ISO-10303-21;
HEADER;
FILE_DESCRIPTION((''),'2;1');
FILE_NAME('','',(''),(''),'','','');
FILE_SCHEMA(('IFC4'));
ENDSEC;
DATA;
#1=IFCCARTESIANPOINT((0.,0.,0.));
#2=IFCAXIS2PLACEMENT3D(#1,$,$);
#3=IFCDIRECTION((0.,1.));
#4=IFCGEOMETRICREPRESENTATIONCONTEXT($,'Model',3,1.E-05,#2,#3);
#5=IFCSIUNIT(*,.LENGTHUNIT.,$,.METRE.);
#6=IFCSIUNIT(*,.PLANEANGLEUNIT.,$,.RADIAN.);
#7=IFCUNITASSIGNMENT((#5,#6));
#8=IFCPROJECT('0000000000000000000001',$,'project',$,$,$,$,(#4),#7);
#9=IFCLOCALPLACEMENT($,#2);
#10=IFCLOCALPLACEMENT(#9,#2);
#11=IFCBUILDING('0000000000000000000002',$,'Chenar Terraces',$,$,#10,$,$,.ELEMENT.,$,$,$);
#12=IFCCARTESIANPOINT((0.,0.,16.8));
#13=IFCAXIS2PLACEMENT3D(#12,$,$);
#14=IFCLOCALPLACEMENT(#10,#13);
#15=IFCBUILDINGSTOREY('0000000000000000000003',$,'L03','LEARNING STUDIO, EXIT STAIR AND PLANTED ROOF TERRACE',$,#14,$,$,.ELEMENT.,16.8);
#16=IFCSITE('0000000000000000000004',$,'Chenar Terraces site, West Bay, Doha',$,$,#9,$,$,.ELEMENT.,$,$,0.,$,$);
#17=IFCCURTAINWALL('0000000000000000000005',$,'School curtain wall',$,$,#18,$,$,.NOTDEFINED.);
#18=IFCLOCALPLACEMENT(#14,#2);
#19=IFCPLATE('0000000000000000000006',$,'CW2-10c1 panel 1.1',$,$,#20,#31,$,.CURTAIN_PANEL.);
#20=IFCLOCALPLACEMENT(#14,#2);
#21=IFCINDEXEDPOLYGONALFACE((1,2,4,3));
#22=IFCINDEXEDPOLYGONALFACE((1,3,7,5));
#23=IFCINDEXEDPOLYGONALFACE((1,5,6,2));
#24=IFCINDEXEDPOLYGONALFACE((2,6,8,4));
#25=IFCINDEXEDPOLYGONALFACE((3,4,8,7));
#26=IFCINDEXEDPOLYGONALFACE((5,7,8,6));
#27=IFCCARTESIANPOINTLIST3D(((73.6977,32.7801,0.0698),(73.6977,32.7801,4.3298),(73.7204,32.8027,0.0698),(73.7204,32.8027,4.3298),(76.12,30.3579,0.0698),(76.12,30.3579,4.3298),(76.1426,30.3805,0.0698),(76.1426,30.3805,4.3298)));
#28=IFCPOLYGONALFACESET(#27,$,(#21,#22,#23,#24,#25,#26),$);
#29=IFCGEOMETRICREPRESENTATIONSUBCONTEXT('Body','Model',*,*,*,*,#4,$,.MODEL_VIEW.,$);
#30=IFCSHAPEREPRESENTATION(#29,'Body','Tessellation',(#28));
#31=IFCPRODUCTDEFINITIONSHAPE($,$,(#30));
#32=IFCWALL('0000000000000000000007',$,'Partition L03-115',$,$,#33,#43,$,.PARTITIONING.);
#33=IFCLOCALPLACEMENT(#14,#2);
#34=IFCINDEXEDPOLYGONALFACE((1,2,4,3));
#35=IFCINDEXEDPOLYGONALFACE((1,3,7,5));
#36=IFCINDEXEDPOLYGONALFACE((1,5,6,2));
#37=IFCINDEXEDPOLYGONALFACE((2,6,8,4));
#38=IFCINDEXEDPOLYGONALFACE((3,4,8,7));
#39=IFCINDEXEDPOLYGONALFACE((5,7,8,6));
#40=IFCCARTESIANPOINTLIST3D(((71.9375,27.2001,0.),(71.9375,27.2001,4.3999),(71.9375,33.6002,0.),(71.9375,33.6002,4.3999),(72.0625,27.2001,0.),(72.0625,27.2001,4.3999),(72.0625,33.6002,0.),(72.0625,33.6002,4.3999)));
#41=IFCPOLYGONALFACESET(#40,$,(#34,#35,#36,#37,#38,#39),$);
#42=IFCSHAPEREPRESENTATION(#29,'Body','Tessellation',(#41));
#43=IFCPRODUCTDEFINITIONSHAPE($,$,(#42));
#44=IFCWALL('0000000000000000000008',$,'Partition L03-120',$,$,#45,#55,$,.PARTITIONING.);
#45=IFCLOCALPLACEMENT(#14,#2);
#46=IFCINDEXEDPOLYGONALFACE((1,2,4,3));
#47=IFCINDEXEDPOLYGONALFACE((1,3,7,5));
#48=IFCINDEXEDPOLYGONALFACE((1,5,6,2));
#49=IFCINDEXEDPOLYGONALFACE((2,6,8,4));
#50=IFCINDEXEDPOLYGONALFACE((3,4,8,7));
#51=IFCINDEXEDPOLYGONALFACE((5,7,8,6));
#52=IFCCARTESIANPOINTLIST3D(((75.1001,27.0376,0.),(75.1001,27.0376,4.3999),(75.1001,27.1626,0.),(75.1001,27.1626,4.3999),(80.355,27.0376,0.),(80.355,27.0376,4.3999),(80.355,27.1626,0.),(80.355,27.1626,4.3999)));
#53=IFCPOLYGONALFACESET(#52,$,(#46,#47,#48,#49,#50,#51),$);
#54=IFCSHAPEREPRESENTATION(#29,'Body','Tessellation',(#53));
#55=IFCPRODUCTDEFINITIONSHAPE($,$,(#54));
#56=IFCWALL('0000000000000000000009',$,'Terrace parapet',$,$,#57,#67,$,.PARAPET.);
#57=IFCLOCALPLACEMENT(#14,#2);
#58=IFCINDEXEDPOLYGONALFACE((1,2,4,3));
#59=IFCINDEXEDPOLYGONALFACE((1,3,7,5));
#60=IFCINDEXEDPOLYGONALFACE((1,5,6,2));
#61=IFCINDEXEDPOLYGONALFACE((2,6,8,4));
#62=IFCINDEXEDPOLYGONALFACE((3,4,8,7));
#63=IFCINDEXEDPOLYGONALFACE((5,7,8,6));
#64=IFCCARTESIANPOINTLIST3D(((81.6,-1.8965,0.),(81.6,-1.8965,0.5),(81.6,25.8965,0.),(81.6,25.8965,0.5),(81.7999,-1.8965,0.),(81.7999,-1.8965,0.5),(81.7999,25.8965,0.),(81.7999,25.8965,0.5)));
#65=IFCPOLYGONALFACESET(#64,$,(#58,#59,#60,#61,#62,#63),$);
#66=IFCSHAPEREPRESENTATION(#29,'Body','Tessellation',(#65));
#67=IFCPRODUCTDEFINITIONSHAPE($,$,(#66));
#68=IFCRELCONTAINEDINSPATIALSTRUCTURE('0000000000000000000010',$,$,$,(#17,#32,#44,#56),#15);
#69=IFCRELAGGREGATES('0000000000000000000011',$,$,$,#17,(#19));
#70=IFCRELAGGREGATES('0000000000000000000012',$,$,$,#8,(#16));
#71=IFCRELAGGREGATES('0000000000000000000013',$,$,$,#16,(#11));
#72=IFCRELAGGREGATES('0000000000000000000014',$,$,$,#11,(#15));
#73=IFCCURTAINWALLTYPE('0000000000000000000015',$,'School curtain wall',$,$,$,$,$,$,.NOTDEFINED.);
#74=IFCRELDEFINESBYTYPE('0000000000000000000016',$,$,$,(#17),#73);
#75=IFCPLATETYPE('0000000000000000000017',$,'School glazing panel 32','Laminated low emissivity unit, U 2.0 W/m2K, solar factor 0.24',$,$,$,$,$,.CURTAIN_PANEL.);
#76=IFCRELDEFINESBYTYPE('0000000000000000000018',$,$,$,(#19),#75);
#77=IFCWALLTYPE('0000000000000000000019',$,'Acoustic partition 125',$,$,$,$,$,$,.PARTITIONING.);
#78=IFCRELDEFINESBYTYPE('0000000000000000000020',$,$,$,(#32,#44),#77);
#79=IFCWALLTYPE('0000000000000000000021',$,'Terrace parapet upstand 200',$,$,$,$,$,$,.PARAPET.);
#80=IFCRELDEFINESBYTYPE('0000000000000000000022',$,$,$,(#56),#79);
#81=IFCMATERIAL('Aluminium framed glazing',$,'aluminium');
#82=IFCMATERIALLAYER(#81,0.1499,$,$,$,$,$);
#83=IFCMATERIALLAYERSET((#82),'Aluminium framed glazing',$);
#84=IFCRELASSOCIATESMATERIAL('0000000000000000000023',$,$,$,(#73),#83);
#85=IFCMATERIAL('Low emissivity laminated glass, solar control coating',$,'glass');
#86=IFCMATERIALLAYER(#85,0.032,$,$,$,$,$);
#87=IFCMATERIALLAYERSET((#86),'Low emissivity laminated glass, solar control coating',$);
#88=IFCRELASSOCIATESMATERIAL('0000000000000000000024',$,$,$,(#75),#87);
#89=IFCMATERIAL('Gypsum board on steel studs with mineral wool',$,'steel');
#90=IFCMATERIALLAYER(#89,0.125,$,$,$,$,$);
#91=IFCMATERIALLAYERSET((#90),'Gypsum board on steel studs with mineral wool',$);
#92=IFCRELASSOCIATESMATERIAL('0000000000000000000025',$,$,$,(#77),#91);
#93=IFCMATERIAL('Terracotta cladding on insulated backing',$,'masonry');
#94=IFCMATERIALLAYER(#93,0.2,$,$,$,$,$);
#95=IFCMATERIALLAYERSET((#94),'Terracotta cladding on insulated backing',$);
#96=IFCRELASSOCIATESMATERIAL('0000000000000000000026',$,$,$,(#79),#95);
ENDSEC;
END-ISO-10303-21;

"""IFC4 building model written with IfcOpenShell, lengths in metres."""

from ifc_helpers import new_model, si_unit, direction, frame, frame_2d, origin, origin_2d, place, context, subcontext, project, spatial, rectangle, extrude, material, layer, layer_set, type_object, element, aggregate, save


model = new_model("IFC4")

# Units and contexts
model_context = context("Model", 3, precision=1e-05, world=origin(), true_north=direction((0.0, 1.0)))
body_context = subcontext(model_context, "Body", "Model", "MODEL_VIEW")
ifc_project = project(units=[si_unit("LENGTHUNIT", "METRE"), si_unit("PLANEANGLEUNIT", "RADIAN")], contexts=[model_context])

# Site, building, storey
site_placement = place(None, origin())
site = spatial("IfcSite", under=ifc_project, at=site_placement, Name="Chenar Terraces site, West Bay, Doha", CompositionType="ELEMENT", RefElevation=0.0)
building_placement = place(site_placement, origin())
building = spatial("IfcBuilding", under=site, at=building_placement, Name="Chenar Terraces", CompositionType="ELEMENT")
storey_placement = place(building_placement, frame((0.0, 0.0, 16.8)))
storey = spatial("IfcBuildingStorey", under=building, at=storey_placement, Name="L03", Description="LEARNING STUDIO, EXIT STAIR AND PLANTED ROOF TERRACE", CompositionType="ELEMENT", Elevation=16.8)

# Curtain wall
ifc_material_1 = material(Name="Aluminium framed glazing", Category="aluminium")
ifc_layer_1 = layer(ifc_material_1, 0.1499)
ifc_layer_set_1 = layer_set([ifc_layer_1], Name="Aluminium framed glazing")
curtain_wall_type = type_object("IfcCurtainWallType", Name="School curtain wall", PredefinedType="NOTDEFINED", material=ifc_layer_set_1)
placement = place(storey_placement, origin())
curtain_wall_1 = element("IfcCurtainWall", 1, at=placement, inside=storey, type_object=curtain_wall_type, Name="School curtain wall", PredefinedType="NOTDEFINED")

# Plate
ifc_material_2 = material(Name="Low emissivity laminated glass, solar control coating", Category="glass")
ifc_layer_2 = layer(ifc_material_2, 0.032)
ifc_layer_set_2 = layer_set([ifc_layer_2], Name="Low emissivity laminated glass, solar control coating")
plate_type = type_object("IfcPlateType", Name="School glazing panel 32", Description="Laminated low emissivity unit, U 2.0 W/m2K, solar factor 0.24", PredefinedType="CURTAIN_PANEL", material=ifc_layer_set_2)
plate_1_placement = place(storey_placement, frame((74.9202, 31.5803, 0.0698), z_axis=(0.0, 0.0, 1.0), x_axis=(-0.707107, 0.707107, 0.0)))
plate_1 = element("IfcPlate", 2, at=plate_1_placement, type_object=plate_type, Name="CW2-10c1 panel 1.1", PredefinedType="CURTAIN_PANEL", context=body_context, shape_type="SweptSolid", body=[
    extrude(rectangle(XDim=3.4255, YDim=0.032, at=origin_2d()), origin(), (0.0, 0.0, 1.0), 4.26),
])
aggregate(curtain_wall_1, [plate_1])

# Walls
ifc_material_3 = material(Name="Gypsum board on steel studs with mineral wool", Category="steel")
ifc_layer_3 = layer(ifc_material_3, 0.125)
ifc_layer_set_3 = layer_set([ifc_layer_3], Name="Gypsum board on steel studs with mineral wool")
wall_type_1 = type_object("IfcWallType", Name="Acoustic partition 125", PredefinedType="PARTITIONING", material=ifc_layer_set_3)
wall_1_placement = place(storey_placement, frame((72.0, 27.2, 0.0), z_axis=(0.0, 0.0, 1.0), x_axis=(0.0, 1.0, 0.0)))
element("IfcWall", 3, at=wall_1_placement, inside=storey, type_object=wall_type_1, Name="Partition L03-115", PredefinedType="PARTITIONING", context=body_context, shape_type="SweptSolid", body=[
    extrude(rectangle(XDim=6.4001, YDim=0.125, at=frame_2d((3.2002, 0.0))), origin(), (0.0, 0.0, 1.0), 4.3999),
])
wall_2_placement = place(storey_placement, frame((75.1001, 27.1001, 0.0), z_axis=(0.0, 0.0, 1.0), x_axis=(1.0, 0.0, 0.0)))
element("IfcWall", 4, at=wall_2_placement, inside=storey, type_object=wall_type_1, Name="Partition L03-120", PredefinedType="PARTITIONING", context=body_context, shape_type="SweptSolid", body=[
    extrude(rectangle(XDim=5.2549, YDim=0.125, at=frame_2d((2.6274, 0.0))), origin(), (0.0, 0.0, 1.0), 4.3999),
])

# Wall
ifc_material_4 = material(Name="Terracotta cladding on insulated backing", Category="masonry")
ifc_layer_4 = layer(ifc_material_4, 0.2)
ifc_layer_set_4 = layer_set([ifc_layer_4], Name="Terracotta cladding on insulated backing")
wall_type_2 = type_object("IfcWallType", Name="Terrace parapet upstand 200", PredefinedType="PARAPET", material=ifc_layer_set_4)
wall_3_placement = place(storey_placement, frame((81.7, 25.8965, 0.0), z_axis=(0.0, 0.0, 1.0), x_axis=(0.0, -1.0, 0.0)))
element("IfcWall", 5, at=wall_3_placement, inside=storey, type_object=wall_type_2, Name="Terrace parapet", PredefinedType="PARAPET", context=body_context, shape_type="SweptSolid", body=[
    extrude(rectangle(XDim=27.793, YDim=0.2, at=frame_2d((13.8965, 0.0))), origin(), (0.0, 0.0, 1.0), 0.5),
])

save(model, "model.ifc")
